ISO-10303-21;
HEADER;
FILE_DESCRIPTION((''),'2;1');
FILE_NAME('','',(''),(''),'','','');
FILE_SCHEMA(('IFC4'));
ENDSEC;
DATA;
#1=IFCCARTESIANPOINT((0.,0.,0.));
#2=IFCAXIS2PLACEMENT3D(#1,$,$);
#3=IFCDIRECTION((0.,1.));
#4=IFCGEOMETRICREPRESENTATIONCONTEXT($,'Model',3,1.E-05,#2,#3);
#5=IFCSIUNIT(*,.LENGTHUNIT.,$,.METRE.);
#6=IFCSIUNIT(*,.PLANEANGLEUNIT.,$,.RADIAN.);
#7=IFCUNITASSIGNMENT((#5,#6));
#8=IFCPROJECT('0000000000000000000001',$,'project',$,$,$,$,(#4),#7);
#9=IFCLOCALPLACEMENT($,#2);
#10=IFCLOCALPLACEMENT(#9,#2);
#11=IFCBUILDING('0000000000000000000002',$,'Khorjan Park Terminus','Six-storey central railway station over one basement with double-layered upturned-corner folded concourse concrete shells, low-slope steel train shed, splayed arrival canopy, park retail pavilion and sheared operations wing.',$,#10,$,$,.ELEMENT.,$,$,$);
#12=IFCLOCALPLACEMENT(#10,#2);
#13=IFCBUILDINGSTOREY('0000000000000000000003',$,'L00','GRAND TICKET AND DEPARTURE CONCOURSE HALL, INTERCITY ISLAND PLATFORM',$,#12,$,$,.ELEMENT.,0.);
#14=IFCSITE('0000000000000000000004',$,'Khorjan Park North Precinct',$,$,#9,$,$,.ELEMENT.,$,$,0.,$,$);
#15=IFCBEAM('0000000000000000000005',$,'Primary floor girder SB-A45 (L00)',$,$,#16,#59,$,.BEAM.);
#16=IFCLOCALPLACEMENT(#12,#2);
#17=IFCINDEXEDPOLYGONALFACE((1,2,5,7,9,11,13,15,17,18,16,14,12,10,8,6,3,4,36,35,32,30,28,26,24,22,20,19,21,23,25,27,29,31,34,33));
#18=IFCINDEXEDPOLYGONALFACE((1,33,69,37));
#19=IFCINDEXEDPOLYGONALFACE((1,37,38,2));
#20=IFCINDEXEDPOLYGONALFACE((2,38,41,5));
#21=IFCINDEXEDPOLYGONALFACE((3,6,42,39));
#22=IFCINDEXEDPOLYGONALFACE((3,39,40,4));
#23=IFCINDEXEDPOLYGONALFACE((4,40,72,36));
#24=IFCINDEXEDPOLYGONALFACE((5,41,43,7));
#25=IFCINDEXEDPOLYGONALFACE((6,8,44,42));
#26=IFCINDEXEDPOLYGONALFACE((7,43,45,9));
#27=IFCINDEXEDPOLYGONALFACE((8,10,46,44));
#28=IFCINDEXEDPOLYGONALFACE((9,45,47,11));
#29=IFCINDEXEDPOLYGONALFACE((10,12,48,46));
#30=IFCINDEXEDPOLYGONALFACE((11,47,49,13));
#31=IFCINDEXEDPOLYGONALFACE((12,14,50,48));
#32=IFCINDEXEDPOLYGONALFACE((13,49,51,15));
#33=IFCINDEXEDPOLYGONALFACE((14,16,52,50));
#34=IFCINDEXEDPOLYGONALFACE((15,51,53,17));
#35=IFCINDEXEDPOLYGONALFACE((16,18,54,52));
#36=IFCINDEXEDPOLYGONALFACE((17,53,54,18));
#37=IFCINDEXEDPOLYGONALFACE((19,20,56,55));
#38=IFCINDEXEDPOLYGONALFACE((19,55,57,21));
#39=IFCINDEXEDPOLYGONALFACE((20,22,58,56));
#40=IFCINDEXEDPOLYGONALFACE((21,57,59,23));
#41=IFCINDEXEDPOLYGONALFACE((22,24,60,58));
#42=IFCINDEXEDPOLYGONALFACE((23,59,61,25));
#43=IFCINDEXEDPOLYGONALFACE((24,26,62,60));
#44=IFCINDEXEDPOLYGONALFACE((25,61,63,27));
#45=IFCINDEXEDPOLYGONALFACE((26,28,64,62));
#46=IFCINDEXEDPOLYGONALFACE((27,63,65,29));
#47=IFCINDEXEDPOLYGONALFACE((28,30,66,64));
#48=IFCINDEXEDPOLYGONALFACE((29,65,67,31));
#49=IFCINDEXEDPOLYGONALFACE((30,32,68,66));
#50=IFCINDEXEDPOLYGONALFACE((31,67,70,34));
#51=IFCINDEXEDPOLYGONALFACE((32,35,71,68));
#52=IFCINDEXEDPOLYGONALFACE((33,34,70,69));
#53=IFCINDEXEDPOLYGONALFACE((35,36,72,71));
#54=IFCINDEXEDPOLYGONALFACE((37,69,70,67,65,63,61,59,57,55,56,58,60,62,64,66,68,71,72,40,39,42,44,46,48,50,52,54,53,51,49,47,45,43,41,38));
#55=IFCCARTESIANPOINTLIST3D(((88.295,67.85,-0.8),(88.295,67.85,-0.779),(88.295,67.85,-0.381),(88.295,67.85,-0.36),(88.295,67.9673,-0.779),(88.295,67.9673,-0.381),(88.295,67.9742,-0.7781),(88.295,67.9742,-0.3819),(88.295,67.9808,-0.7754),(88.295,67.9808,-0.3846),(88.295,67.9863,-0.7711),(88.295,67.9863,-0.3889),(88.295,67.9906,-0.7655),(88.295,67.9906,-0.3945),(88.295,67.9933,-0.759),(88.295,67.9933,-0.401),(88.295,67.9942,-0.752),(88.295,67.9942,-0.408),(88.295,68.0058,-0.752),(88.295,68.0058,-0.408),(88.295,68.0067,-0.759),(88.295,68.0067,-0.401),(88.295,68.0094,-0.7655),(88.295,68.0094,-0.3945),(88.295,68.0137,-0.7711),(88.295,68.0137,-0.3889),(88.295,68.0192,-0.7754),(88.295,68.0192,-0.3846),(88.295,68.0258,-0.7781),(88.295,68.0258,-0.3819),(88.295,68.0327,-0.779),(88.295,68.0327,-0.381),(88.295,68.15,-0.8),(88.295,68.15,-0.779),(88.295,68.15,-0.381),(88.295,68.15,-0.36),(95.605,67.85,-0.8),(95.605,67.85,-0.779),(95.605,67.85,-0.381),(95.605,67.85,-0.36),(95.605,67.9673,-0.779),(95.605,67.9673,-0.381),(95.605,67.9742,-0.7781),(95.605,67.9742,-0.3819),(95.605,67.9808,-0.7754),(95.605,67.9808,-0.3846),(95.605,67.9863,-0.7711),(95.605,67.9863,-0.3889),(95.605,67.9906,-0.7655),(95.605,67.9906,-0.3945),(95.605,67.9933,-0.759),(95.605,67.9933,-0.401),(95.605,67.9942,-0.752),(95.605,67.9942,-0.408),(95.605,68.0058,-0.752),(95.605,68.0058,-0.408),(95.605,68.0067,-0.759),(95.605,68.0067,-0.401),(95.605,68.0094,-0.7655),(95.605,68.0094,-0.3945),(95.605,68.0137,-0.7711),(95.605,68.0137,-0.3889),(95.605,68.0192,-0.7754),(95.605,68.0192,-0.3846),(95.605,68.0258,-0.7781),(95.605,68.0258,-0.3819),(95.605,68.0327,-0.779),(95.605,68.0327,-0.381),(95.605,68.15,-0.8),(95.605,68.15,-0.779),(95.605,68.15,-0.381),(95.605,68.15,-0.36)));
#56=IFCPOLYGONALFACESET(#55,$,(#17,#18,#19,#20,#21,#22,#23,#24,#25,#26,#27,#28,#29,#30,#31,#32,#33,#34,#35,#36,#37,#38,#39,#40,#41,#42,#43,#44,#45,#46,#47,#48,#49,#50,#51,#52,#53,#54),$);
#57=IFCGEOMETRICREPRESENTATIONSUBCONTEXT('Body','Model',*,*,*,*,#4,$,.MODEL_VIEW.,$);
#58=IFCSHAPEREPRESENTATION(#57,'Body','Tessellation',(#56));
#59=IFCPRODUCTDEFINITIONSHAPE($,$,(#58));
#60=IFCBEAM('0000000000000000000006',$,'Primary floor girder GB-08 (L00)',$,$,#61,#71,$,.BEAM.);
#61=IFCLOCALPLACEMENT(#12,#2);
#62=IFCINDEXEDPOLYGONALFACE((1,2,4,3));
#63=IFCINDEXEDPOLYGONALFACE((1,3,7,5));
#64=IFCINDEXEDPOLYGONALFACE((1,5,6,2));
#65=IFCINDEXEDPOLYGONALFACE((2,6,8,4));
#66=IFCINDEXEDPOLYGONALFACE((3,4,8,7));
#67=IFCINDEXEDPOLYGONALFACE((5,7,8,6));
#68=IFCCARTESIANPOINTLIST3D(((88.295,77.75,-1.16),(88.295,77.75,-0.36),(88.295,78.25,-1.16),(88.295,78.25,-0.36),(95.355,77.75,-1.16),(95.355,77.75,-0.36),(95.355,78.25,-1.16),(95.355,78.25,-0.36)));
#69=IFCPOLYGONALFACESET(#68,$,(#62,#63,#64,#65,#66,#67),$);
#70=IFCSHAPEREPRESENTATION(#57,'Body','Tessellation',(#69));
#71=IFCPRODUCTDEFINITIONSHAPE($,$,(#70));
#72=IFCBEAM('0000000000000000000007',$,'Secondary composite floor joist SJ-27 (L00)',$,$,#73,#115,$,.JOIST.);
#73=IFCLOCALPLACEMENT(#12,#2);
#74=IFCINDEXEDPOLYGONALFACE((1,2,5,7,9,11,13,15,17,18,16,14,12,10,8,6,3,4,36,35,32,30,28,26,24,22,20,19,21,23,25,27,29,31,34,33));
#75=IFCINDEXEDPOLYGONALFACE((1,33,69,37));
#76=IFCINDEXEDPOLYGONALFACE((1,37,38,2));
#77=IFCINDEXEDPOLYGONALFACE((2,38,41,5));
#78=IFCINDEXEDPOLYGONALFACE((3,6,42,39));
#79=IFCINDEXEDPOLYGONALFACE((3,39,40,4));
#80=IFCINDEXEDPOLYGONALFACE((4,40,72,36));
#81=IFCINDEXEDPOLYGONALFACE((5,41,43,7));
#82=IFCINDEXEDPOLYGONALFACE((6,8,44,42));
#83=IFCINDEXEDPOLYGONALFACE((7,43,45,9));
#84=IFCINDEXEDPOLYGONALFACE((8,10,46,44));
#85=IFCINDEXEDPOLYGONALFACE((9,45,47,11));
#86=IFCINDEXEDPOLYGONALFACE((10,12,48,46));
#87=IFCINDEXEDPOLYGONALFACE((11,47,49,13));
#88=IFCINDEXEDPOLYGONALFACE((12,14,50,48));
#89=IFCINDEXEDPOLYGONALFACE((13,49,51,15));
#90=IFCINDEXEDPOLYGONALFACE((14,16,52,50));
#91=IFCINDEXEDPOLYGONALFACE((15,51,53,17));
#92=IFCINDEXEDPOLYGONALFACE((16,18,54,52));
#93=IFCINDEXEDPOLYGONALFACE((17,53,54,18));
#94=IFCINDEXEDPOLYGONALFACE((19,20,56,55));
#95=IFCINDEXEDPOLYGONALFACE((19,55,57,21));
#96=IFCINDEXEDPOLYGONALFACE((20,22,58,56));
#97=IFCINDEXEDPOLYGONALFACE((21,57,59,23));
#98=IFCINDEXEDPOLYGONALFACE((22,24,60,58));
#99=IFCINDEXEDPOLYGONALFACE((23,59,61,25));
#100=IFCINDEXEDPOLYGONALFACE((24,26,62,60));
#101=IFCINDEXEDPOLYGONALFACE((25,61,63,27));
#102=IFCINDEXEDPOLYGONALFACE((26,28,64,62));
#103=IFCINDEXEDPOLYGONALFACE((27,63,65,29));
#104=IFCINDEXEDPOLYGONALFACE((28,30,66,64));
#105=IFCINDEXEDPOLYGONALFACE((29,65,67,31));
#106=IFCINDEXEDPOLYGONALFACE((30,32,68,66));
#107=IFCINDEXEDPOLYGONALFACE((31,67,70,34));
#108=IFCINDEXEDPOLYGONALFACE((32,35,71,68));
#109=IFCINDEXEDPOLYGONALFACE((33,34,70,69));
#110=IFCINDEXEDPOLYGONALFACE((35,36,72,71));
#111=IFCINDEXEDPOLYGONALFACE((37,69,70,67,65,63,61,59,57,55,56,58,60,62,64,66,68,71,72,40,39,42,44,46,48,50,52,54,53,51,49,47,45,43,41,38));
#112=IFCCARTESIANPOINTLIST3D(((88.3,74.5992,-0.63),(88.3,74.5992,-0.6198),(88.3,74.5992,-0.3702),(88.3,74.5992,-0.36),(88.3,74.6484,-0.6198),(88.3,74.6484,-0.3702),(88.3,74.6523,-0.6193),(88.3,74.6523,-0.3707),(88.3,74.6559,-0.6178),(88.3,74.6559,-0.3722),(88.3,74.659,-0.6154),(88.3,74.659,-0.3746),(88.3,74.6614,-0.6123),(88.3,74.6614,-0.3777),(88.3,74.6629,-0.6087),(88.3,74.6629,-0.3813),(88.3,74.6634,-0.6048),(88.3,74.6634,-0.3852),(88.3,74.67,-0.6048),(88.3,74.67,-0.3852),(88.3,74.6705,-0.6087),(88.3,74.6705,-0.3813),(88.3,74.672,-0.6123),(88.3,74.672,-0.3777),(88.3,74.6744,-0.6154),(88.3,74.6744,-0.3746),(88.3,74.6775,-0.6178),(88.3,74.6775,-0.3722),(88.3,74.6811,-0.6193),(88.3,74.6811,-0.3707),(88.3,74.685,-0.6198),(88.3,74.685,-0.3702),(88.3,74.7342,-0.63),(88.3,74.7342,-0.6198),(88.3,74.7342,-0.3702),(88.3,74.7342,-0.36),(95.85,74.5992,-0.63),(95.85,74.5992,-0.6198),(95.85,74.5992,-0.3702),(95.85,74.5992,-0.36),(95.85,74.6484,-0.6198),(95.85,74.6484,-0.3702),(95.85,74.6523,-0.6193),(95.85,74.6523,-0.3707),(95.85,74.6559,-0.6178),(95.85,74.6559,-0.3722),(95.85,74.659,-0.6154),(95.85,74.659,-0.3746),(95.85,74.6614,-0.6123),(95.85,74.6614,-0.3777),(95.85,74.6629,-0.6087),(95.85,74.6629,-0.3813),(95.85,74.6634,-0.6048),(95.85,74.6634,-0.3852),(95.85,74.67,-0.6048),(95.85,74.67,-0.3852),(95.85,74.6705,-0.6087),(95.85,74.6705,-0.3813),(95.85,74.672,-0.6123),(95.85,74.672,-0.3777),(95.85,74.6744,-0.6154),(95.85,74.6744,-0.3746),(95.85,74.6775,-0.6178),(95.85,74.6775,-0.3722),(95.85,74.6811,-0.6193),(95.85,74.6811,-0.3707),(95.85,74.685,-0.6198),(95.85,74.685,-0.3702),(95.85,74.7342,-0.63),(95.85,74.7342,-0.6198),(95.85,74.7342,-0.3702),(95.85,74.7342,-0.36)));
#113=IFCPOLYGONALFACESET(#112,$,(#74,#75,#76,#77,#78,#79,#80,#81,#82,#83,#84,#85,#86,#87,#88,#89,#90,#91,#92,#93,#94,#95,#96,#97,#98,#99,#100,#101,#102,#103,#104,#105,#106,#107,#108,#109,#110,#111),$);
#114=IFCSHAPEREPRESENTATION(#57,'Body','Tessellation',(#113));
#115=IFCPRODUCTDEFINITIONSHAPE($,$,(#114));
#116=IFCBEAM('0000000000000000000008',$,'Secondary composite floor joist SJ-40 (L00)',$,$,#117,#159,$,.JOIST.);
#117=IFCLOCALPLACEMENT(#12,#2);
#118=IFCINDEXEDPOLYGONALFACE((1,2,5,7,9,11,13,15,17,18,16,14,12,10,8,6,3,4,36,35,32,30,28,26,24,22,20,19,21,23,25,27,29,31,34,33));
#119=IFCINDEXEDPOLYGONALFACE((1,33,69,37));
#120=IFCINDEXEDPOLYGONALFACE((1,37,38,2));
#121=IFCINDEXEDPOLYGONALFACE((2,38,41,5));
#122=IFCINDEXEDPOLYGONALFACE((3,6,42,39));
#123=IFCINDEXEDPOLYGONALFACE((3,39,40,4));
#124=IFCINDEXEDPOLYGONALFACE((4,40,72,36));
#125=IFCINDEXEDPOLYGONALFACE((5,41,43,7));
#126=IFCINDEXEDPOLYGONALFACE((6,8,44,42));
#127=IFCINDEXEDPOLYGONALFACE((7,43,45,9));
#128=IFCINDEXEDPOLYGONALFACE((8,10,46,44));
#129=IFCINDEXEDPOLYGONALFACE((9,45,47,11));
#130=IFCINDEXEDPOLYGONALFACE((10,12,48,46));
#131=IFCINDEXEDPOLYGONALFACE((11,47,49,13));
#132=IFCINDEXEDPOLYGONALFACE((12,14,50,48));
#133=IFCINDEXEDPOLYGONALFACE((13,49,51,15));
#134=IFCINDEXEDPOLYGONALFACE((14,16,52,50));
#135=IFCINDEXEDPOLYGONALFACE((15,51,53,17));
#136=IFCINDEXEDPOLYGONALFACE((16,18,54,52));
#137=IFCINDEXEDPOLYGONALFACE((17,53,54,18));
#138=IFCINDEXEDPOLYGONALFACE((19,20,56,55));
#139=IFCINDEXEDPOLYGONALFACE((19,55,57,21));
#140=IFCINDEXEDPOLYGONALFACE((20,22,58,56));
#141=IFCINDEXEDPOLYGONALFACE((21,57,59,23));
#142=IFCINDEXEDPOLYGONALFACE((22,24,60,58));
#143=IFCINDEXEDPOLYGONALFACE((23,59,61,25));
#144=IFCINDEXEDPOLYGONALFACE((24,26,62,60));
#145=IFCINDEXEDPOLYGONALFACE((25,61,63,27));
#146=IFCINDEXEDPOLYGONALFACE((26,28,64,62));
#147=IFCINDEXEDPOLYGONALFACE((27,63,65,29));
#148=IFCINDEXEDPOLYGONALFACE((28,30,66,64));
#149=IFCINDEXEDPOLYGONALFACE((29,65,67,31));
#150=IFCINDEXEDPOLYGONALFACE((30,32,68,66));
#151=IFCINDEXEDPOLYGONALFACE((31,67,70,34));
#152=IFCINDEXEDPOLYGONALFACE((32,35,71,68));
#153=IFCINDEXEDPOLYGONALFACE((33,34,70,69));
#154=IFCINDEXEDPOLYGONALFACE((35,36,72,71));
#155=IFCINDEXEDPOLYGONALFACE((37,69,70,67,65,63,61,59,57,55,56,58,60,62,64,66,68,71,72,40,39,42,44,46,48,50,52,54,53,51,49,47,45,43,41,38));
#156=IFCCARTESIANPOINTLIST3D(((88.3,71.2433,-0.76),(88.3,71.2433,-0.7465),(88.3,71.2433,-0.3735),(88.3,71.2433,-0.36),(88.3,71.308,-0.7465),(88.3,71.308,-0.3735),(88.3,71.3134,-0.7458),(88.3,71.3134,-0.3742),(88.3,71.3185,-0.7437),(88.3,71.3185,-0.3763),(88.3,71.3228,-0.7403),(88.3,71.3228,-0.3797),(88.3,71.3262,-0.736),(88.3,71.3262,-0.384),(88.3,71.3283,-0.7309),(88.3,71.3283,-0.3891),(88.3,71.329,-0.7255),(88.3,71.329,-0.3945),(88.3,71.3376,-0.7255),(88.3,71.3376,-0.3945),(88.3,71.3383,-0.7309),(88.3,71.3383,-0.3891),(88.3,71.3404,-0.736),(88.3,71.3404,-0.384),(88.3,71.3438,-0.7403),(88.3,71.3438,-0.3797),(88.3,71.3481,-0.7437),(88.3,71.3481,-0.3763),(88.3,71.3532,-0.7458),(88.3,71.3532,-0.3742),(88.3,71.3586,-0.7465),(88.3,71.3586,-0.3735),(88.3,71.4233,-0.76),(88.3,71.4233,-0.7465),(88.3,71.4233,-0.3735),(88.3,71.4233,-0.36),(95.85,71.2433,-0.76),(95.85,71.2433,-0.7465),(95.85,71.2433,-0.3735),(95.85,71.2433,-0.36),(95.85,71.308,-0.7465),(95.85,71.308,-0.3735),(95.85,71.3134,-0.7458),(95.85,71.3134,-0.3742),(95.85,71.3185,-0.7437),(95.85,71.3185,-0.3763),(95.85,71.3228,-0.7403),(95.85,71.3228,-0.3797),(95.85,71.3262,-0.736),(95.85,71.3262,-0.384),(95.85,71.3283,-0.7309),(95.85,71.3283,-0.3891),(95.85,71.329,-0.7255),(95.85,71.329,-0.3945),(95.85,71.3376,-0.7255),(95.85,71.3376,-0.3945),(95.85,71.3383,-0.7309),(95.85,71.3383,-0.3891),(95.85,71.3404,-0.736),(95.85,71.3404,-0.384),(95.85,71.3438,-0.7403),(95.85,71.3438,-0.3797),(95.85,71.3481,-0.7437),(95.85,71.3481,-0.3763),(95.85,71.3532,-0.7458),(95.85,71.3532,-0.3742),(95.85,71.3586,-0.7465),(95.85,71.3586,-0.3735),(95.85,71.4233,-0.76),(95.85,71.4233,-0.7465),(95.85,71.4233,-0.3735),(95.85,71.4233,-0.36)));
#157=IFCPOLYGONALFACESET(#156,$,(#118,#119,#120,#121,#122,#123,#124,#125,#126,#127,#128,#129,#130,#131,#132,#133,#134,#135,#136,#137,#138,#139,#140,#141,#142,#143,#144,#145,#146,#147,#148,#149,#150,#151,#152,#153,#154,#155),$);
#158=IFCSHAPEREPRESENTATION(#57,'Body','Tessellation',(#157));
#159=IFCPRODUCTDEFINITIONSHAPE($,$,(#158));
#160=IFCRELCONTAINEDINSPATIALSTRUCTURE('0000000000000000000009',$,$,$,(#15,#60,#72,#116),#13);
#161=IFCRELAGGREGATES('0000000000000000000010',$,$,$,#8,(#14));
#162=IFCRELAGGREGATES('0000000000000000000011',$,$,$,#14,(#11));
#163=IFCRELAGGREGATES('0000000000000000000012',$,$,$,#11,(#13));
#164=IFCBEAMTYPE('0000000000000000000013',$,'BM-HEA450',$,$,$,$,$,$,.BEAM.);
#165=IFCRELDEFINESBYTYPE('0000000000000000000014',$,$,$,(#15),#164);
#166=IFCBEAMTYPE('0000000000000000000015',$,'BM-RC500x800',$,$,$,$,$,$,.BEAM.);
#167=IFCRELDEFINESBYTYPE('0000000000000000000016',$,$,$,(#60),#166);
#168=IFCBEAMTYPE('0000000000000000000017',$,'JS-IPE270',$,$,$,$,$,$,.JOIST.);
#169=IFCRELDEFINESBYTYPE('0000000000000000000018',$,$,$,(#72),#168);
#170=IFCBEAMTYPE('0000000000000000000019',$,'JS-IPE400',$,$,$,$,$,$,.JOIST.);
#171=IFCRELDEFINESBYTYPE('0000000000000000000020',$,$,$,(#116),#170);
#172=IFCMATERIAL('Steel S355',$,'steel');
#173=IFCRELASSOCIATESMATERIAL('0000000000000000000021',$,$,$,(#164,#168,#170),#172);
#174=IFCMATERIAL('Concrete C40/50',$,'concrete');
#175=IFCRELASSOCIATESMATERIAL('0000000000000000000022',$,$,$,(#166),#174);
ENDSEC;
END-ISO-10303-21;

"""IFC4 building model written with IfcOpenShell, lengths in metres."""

from ifc_helpers import new_model, si_unit, direction, frame, origin, origin_2d, place, context, subcontext, project, spatial, rectangle, i_section, extrude, material, material_profile, profile_set, type_object, element, save


model = new_model("IFC4")

# Units and contexts
model_context = context("Model", 3, precision=1e-05, world=origin(), true_north=direction((0.0, 1.0)))
body_context = subcontext(model_context, "Body", "Model", "MODEL_VIEW")
ifc_project = project(units=[si_unit("LENGTHUNIT", "METRE"), si_unit("PLANEANGLEUNIT", "RADIAN")], contexts=[model_context])

# Site, building, storey
site_placement = place(None, origin())
site = spatial("IfcSite", under=ifc_project, at=site_placement, Name="Khorjan Park North Precinct", CompositionType="ELEMENT", RefElevation=0.0)
building_placement = place(site_placement, origin())
building = spatial("IfcBuilding", under=site, at=building_placement, Name="Khorjan Park Terminus", Description="Six-storey central railway station over one basement with double-layered upturned-corner folded concourse concrete shells, low-slope steel train shed, splayed arrival canopy, park retail pavilion and sheared operations wing.", CompositionType="ELEMENT")
storey_placement = place(building_placement, origin())
storey = spatial("IfcBuildingStorey", under=building, at=storey_placement, Name="L00", Description="GRAND TICKET AND DEPARTURE CONCOURSE HALL, INTERCITY ISLAND PLATFORM", CompositionType="ELEMENT", Elevation=0.0)

# Beams
ifc_material_1 = material(Name="Steel S355", Category="steel")
ifc_material_profile_1 = material_profile(ifc_material_1, i_section(OverallWidth=0.3, OverallDepth=0.44, WebThickness=0.0115, FlangeThickness=0.021, FilletRadius=0.027, at=origin_2d()), Name="HEA 450")
ifc_profile_set_1 = profile_set([ifc_material_profile_1], Name="Steel S355")
beam_type_1 = type_object("IfcBeamType", Name="BM-HEA450", PredefinedType="BEAM", material=ifc_profile_set_1)
beam_1_placement = place(storey_placement, frame((88.295, 68.0, -0.58), z_axis=(1.0, 0.0, 0.0), x_axis=(0.0, 1.0, 0.0)))
element("IfcBeam", 1, at=beam_1_placement, inside=storey, type_object=beam_type_1, Name="Primary floor girder SB-A45 (L00)", PredefinedType="BEAM", context=body_context, shape_type="SweptSolid", body=[
    extrude(i_section(OverallWidth=0.3, OverallDepth=0.44, WebThickness=0.0115, FlangeThickness=0.021, FilletRadius=0.027, at=origin_2d()), origin(), (0.0, 0.0, 1.0), 7.31),
])
ifc_material_2 = material(Name="Concrete C40/50", Category="concrete")
ifc_material_profile_2 = material_profile(ifc_material_2, rectangle(XDim=0.5, YDim=0.8, at=origin_2d()), Name="RC 500x800")
ifc_profile_set_2 = profile_set([ifc_material_profile_2], Name="Concrete C40/50")
beam_type_2 = type_object("IfcBeamType", Name="BM-RC500x800", PredefinedType="BEAM", material=ifc_profile_set_2)
beam_2_placement = place(storey_placement, frame((88.295, 78.0, -0.76), z_axis=(1.0, 0.0, 0.0), x_axis=(0.0, 1.0, 0.0)))
element("IfcBeam", 2, at=beam_2_placement, inside=storey, type_object=beam_type_2, Name="Primary floor girder GB-08 (L00)", PredefinedType="BEAM", context=body_context, shape_type="SweptSolid", body=[
    extrude(rectangle(XDim=0.5, YDim=0.8, at=origin_2d()), origin(), (0.0, 0.0, 1.0), 7.06),
])
ifc_material_profile_3 = material_profile(ifc_material_1, i_section(OverallWidth=0.135, OverallDepth=0.27, WebThickness=0.0066, FlangeThickness=0.0102, FilletRadius=0.015, at=origin_2d()), Name="IPE 270")
ifc_profile_set_3 = profile_set([ifc_material_profile_3], Name="Steel S355")
beam_type_3 = type_object("IfcBeamType", Name="JS-IPE270", PredefinedType="JOIST", material=ifc_profile_set_3)
beam_3_placement = place(storey_placement, frame((88.3, 74.6667, -0.495), z_axis=(1.0, 0.0, 0.0), x_axis=(0.0, 1.0, 0.0)))
element("IfcBeam", 3, at=beam_3_placement, inside=storey, type_object=beam_type_3, Name="Secondary composite floor joist SJ-27 (L00)", PredefinedType="JOIST", context=body_context, shape_type="SweptSolid", body=[
    extrude(i_section(OverallWidth=0.135, OverallDepth=0.27, WebThickness=0.0066, FlangeThickness=0.0102, FilletRadius=0.015, at=origin_2d()), origin(), (0.0, 0.0, 1.0), 7.55),
])
ifc_material_profile_4 = material_profile(ifc_material_1, i_section(OverallWidth=0.18, OverallDepth=0.4, WebThickness=0.0086, FlangeThickness=0.0135, FilletRadius=0.021, at=origin_2d()), Name="IPE 400")
ifc_profile_set_4 = profile_set([ifc_material_profile_4], Name="Steel S355")
beam_type_4 = type_object("IfcBeamType", Name="JS-IPE400", PredefinedType="JOIST", material=ifc_profile_set_4)
beam_4_placement = place(storey_placement, frame((88.3, 71.3333, -0.56), z_axis=(1.0, 0.0, 0.0), x_axis=(0.0, 1.0, 0.0)))
element("IfcBeam", 4, at=beam_4_placement, inside=storey, type_object=beam_type_4, Name="Secondary composite floor joist SJ-40 (L00)", PredefinedType="JOIST", context=body_context, shape_type="SweptSolid", body=[
    extrude(i_section(OverallWidth=0.18, OverallDepth=0.4, WebThickness=0.0086, FlangeThickness=0.0135, FilletRadius=0.021, at=origin_2d()), origin(), (0.0, 0.0, 1.0), 7.55),
])

save(model, "model.ifc")
